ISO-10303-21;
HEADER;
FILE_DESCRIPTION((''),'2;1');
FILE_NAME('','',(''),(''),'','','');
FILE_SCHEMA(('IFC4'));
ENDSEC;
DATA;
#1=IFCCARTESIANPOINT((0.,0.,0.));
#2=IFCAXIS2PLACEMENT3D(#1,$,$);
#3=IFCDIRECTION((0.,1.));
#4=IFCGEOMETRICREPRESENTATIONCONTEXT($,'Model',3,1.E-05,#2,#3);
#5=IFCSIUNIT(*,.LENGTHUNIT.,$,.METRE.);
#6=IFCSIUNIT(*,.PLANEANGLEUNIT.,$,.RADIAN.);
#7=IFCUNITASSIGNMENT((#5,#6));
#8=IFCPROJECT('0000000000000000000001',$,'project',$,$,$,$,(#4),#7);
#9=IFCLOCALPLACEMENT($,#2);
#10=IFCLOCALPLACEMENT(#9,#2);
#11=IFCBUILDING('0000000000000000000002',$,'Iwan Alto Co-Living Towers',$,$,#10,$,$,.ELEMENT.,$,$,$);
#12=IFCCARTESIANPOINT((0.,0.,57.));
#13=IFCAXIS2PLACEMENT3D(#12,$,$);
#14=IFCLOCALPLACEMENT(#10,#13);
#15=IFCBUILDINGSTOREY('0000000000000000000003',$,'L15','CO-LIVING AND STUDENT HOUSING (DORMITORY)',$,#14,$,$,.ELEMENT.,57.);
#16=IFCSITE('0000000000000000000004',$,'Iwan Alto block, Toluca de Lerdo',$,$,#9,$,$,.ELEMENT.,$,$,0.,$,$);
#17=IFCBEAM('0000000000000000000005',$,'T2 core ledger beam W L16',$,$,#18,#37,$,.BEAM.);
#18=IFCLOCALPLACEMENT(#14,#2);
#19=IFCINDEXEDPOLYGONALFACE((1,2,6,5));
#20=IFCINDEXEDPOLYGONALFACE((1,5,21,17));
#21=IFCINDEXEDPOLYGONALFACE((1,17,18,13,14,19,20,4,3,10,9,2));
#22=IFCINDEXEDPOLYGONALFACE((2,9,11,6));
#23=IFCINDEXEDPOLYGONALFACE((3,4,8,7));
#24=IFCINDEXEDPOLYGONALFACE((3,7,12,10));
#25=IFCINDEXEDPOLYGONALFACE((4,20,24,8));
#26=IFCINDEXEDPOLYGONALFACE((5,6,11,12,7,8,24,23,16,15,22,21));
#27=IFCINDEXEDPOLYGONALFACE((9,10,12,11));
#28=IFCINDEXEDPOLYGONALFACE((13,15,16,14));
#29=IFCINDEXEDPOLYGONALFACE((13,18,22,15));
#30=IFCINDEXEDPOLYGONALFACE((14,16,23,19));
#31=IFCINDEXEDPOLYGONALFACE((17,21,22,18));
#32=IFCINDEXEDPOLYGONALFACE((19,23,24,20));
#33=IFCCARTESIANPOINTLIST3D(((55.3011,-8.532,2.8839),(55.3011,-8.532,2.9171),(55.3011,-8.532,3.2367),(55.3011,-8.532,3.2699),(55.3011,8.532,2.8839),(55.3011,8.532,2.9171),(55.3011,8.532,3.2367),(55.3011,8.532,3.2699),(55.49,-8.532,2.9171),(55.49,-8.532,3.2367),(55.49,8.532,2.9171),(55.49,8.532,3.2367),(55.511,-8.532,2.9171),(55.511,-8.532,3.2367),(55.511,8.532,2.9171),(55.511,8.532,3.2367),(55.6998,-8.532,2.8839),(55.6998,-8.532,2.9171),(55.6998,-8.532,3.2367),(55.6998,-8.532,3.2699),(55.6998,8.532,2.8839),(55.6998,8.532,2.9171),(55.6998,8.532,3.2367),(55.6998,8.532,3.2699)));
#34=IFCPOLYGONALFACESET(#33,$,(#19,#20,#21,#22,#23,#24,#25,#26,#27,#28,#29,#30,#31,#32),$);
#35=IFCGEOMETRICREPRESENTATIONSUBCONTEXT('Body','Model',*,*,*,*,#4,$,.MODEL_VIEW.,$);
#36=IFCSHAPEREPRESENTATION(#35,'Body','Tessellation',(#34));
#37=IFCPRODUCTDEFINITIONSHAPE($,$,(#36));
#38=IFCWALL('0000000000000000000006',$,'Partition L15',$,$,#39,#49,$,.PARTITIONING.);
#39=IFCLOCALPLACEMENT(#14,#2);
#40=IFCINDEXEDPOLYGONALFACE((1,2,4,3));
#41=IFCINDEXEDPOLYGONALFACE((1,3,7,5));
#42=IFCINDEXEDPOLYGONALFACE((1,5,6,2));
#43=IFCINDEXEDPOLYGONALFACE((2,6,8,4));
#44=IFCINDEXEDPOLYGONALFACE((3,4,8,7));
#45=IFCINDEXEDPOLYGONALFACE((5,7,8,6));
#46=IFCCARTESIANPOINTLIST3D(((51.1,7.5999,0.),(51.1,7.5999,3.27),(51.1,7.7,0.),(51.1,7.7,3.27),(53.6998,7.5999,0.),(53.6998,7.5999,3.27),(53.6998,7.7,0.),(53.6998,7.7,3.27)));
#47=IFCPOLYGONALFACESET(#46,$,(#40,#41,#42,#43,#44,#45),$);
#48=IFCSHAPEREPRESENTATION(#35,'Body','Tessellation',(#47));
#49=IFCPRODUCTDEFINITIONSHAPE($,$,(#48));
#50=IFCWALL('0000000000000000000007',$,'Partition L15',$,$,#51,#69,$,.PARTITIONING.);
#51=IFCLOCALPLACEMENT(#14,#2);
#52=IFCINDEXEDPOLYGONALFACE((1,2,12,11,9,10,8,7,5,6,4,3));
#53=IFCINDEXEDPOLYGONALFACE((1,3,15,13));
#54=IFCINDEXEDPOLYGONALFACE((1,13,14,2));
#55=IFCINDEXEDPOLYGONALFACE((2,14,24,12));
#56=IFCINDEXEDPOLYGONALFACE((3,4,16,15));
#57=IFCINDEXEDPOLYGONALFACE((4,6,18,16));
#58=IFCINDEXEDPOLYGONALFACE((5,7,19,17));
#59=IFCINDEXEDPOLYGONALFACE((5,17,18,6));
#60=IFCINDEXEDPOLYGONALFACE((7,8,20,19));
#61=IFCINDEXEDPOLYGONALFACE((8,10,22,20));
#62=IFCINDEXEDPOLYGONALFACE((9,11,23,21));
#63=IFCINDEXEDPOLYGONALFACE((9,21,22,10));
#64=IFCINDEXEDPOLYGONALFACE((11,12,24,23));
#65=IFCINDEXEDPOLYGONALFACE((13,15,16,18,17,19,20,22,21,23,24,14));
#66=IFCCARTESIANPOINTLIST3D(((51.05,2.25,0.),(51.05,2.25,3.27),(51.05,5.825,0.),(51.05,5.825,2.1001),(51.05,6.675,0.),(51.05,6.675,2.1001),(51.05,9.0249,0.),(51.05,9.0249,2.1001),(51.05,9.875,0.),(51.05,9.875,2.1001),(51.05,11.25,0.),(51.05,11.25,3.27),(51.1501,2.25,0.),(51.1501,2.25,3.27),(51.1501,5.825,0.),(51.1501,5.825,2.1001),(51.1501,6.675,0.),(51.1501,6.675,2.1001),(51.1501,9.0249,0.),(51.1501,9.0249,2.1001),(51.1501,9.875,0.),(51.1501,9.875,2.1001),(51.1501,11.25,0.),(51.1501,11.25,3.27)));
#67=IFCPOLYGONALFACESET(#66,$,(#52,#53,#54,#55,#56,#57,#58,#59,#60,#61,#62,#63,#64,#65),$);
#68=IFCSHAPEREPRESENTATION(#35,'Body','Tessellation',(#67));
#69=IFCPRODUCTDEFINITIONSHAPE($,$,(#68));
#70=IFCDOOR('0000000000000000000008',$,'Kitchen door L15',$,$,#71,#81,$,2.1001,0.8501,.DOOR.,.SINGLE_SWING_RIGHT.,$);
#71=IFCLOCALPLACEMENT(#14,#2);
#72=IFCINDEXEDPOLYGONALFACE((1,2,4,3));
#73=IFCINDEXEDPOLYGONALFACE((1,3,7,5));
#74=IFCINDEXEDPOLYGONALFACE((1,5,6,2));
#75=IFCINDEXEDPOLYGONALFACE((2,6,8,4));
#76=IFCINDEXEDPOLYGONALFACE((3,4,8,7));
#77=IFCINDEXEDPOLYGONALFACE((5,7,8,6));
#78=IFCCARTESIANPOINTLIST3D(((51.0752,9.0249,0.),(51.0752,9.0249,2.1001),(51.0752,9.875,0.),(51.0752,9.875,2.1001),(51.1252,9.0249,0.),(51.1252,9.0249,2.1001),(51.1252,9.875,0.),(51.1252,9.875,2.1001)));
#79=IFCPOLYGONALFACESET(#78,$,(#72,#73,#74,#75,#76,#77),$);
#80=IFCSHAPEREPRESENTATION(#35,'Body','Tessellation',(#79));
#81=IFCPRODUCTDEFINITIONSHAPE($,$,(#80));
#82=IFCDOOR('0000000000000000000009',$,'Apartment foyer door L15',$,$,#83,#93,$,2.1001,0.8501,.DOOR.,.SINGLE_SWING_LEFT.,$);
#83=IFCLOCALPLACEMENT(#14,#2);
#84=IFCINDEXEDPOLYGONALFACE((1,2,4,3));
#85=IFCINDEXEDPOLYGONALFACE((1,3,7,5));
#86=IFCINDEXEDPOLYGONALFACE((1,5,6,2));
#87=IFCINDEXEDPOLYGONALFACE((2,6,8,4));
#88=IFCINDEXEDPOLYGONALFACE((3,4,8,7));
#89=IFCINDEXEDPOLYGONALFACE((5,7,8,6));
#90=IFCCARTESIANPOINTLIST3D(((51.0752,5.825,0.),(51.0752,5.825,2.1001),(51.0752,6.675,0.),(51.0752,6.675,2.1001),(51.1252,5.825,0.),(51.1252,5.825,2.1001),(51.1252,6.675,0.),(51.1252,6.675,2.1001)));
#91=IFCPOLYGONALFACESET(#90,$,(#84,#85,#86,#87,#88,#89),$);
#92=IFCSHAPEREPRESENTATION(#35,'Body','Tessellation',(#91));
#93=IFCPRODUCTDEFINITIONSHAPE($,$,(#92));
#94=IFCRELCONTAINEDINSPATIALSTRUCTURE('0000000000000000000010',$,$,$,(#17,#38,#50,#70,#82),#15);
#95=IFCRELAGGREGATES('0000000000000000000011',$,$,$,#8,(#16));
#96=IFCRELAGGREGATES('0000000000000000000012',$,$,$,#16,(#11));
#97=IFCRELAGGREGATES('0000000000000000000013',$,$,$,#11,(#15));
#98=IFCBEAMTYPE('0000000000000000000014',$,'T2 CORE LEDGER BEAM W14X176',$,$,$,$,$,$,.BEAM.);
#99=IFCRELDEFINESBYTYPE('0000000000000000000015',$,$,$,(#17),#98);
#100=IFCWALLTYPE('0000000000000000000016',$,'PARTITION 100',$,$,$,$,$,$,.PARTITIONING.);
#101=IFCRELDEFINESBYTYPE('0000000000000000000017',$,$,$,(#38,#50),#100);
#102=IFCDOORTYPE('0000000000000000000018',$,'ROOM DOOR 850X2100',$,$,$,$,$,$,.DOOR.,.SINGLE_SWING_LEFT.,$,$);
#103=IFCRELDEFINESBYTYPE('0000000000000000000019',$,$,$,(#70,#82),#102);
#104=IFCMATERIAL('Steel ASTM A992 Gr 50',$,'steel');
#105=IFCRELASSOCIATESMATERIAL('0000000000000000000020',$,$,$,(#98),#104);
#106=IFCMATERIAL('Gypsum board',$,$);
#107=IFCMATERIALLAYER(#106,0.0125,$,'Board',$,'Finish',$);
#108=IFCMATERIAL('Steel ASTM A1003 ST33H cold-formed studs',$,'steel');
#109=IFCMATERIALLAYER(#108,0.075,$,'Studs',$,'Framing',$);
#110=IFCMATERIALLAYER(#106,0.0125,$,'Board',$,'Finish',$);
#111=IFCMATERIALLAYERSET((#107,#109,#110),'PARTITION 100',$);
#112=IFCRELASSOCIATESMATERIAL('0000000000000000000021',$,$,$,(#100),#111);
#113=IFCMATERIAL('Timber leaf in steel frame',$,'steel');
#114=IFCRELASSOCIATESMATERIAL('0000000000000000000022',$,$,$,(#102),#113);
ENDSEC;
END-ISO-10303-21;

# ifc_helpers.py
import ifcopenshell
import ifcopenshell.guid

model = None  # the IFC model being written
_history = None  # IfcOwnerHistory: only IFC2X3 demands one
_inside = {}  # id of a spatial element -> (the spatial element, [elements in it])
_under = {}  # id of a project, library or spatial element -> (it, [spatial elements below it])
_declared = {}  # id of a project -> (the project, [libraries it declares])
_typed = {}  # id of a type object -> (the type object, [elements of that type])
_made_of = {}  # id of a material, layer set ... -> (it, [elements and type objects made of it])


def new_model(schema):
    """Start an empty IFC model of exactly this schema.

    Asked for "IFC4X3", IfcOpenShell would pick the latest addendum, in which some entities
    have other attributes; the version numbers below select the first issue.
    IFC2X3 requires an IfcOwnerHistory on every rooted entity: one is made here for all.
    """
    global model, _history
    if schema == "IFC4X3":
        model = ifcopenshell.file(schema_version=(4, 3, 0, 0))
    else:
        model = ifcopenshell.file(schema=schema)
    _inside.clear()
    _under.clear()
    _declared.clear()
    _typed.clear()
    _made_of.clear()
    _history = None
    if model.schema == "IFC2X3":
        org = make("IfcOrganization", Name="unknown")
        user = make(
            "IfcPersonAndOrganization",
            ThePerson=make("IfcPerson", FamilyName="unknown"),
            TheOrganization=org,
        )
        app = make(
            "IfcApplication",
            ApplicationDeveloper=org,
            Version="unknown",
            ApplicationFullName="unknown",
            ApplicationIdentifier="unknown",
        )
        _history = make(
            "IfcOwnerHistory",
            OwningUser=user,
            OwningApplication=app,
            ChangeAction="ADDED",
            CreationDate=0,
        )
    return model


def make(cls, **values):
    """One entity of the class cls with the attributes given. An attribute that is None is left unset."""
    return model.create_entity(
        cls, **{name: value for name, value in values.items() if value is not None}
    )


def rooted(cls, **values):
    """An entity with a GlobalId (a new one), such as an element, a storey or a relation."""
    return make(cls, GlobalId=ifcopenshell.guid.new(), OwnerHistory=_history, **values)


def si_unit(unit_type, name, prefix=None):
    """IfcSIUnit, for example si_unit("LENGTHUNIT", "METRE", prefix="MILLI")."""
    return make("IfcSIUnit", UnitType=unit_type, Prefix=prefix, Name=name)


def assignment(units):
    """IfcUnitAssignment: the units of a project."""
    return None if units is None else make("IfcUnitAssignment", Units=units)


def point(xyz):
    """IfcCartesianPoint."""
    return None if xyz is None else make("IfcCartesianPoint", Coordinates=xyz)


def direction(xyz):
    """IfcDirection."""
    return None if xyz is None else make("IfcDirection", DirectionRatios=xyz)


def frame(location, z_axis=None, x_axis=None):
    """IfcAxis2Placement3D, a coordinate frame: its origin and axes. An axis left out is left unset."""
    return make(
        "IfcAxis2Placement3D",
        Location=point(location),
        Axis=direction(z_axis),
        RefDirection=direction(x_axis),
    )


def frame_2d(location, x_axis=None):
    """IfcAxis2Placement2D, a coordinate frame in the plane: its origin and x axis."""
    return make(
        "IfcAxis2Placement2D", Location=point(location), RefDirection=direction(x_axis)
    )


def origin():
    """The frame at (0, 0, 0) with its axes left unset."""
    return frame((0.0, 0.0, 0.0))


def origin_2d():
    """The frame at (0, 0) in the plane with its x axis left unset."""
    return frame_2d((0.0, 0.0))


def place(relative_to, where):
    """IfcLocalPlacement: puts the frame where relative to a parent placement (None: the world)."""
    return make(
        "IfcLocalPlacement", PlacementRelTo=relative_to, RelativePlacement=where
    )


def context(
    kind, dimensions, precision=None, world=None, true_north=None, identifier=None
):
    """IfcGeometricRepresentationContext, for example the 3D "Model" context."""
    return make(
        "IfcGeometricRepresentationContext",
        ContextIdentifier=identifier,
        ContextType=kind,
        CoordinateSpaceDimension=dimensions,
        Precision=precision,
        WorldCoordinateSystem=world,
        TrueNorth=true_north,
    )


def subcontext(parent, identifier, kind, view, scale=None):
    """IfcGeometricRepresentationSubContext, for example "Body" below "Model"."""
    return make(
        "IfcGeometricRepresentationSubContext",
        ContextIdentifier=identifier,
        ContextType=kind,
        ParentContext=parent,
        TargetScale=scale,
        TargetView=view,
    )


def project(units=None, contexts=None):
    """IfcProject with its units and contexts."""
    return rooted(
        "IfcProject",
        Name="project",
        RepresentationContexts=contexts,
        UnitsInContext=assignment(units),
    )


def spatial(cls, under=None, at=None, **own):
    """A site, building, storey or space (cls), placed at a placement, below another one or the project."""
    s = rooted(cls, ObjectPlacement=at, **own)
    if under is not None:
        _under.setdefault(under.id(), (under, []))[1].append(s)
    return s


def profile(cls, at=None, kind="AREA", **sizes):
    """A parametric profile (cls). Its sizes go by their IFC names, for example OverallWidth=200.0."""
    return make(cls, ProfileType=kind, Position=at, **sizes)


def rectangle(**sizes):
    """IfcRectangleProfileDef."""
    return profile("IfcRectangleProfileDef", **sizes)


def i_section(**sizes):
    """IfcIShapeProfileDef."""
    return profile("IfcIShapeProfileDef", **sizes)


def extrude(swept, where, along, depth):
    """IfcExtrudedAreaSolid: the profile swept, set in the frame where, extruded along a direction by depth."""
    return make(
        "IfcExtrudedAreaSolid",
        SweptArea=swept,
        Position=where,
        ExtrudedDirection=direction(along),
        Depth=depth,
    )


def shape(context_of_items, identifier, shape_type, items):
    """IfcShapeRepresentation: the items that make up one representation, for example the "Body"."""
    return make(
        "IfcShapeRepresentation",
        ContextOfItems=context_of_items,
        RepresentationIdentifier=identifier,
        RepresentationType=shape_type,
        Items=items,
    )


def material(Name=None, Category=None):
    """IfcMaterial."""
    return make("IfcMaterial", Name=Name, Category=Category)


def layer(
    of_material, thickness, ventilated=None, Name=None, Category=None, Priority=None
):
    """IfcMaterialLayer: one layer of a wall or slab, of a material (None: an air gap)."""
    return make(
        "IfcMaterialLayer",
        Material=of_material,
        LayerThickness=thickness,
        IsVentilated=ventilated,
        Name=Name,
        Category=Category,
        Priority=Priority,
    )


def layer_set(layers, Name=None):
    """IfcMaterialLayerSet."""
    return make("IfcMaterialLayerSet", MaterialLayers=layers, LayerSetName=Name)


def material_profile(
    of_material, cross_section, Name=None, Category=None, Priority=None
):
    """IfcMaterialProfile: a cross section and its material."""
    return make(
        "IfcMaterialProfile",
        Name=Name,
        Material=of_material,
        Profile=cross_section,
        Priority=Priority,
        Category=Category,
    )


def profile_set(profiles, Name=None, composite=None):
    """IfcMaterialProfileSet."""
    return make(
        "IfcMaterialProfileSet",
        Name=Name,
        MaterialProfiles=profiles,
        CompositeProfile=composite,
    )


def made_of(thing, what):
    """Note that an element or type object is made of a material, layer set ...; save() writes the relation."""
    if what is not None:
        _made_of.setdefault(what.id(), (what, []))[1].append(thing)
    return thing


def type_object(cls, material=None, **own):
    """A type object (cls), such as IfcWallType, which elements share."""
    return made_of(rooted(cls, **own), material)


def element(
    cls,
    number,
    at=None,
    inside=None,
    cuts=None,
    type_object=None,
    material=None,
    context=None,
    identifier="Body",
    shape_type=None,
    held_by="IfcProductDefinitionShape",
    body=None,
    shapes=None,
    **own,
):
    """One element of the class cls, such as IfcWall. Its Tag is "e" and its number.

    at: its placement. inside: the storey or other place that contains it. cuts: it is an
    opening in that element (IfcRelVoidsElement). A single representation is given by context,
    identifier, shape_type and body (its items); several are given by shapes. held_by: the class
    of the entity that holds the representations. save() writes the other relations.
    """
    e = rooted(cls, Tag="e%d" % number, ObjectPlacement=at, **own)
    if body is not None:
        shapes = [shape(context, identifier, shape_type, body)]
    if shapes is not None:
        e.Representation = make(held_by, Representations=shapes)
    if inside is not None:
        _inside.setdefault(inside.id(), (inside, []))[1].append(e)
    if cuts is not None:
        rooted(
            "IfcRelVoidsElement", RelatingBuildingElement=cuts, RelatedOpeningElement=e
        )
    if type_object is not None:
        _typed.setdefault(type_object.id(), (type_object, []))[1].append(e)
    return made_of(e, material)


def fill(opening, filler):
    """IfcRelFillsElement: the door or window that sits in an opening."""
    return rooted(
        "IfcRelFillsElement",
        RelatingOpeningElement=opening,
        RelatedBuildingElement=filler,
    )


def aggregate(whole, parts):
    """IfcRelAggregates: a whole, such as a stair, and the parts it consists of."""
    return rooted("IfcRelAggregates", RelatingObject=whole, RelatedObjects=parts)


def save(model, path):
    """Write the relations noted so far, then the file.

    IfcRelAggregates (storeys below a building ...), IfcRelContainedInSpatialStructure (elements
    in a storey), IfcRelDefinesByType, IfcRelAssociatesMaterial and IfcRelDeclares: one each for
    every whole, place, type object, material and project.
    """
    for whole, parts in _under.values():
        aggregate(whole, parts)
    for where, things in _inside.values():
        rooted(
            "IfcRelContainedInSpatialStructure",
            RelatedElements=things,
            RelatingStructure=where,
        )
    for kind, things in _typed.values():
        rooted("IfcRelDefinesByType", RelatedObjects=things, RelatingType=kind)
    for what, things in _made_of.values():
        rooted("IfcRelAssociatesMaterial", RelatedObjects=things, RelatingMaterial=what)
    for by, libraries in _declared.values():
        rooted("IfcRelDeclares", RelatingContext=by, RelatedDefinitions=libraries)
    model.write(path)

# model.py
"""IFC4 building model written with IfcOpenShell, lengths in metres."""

from ifc_helpers import new_model, si_unit, direction, frame, frame_2d, origin, origin_2d, place, context, subcontext, project, spatial, rectangle, i_section, extrude, material, layer, layer_set, material_profile, profile_set, type_object, element, fill, save


model = new_model("IFC4")

# Units and contexts
model_context = context("Model", 3, precision=1e-05, world=origin(), true_north=direction((0.0, 1.0)))
body_context = subcontext(model_context, "Body", "Model", "MODEL_VIEW")
ifc_project = project(units=[si_unit("LENGTHUNIT", "METRE"), si_unit("PLANEANGLEUNIT", "RADIAN")], contexts=[model_context])

# Site, building, storey
site_placement = place(None, origin())
site = spatial("IfcSite", under=ifc_project, at=site_placement, Name="Iwan Alto block, Toluca de Lerdo", CompositionType="ELEMENT", RefElevation=0.0)
building_placement = place(site_placement, origin())
building = spatial("IfcBuilding", under=site, at=building_placement, Name="Iwan Alto Co-Living Towers", CompositionType="ELEMENT")
storey_placement = place(building_placement, frame((0.0, 0.0, 57.0)))
storey = spatial("IfcBuildingStorey", under=building, at=storey_placement, Name="L15", Description="CO-LIVING AND STUDENT HOUSING (DORMITORY)", CompositionType="ELEMENT", Elevation=57.0)

# Beam
ifc_material_1 = material(Name="Steel ASTM A992 Gr 50", Category="steel")
ifc_material_profile = material_profile(ifc_material_1, i_section(OverallWidth=0.3987, OverallDepth=0.386, WebThickness=0.021, FlangeThickness=0.0332, at=origin_2d()), Name="W14X176")
ifc_profile_set = profile_set([ifc_material_profile], Name="Steel ASTM A992 Gr 50")
beam_type = type_object("IfcBeamType", Name="T2 CORE LEDGER BEAM W14X176", PredefinedType="BEAM", material=ifc_profile_set)
beam_placement = place(storey_placement, frame((55.5005, 8.532, 3.0769), z_axis=(0.0, -1.0, 0.0), x_axis=(1.0, 0.0, 0.0)))
element("IfcBeam", 1, at=beam_placement, inside=storey, type_object=beam_type, Name="T2 core ledger beam W L16", PredefinedType="BEAM", context=body_context, shape_type="SweptSolid", body=[
    extrude(i_section(OverallWidth=0.3987, OverallDepth=0.386, WebThickness=0.021, FlangeThickness=0.0332, at=origin_2d()), origin(), (0.0, 0.0, 1.0), 17.064),
])

# Wall
ifc_material_2 = material(Name="Gypsum board")
ifc_layer_1 = layer(ifc_material_2, 0.0125, Name="Board", Category="Finish")
ifc_material_3 = material(Name="Steel ASTM A1003 ST33H cold-formed studs", Category="steel")
ifc_layer_2 = layer(ifc_material_3, 0.075, Name="Studs", Category="Framing")
ifc_layer_3 = layer(ifc_material_2, 0.0125, Name="Board", Category="Finish")
ifc_layer_set_1 = layer_set([ifc_layer_1, ifc_layer_2, ifc_layer_3], Name="PARTITION 100")
wall_type_1 = type_object("IfcWallType", Name="PARTITION 100", PredefinedType="PARTITIONING", material=ifc_layer_set_1)
wall_1_placement = place(storey_placement, frame((51.1001, 7.6499, 0.0), z_axis=(0.0, 0.0, 1.0), x_axis=(1.0, 0.0, 0.0)))
element("IfcWall", 2, at=wall_1_placement, inside=storey, type_object=wall_type_1, Name="Partition L15", PredefinedType="PARTITIONING", context=body_context, shape_type="SweptSolid", body=[
    extrude(rectangle(XDim=2.5999, YDim=0.1001, at=frame_2d((1.2998, 0.0))), origin(), (0.0, 0.0, 1.0), 3.27),
])

# Wall, openings, doors
wall_2_placement = place(storey_placement, frame((51.1001, 2.25, 0.0), z_axis=(0.0, 0.0, 1.0), x_axis=(0.0, 1.0, 0.0)))
wall_2 = element("IfcWall", 3, at=wall_2_placement, inside=storey, type_object=wall_type_1, Name="Partition L15", PredefinedType="PARTITIONING", context=body_context, shape_type="SweptSolid", body=[
    extrude(rectangle(XDim=9.0, YDim=0.1001, at=frame_2d((4.5, 0.0))), origin(), (0.0, 0.0, 1.0), 3.27),
])
opening_1_placement = place(wall_2_placement, frame((6.7749, 0.0, 0.0)))
opening_1 = element("IfcOpeningElement", 4, at=opening_1_placement, cuts=wall_2, PredefinedType="OPENING", context=body_context, shape_type="SweptSolid", body=[
    extrude(rectangle(XDim=0.8501, YDim=2.1001, at=frame_2d((0.425, 1.05))), frame((0.0, 0.0601, 0.0), z_axis=(0.0, -1.0, 0.0), x_axis=(1.0, 0.0, 0.0)), (0.0, 0.0, 1.0), 0.1201),
])
opening_2_placement = place(wall_2_placement, frame((3.575, 0.0, 0.0)))
opening_2 = element("IfcOpeningElement", 5, at=opening_2_placement, cuts=wall_2, PredefinedType="OPENING", context=body_context, shape_type="SweptSolid", body=[
    extrude(rectangle(XDim=0.8501, YDim=2.1001, at=frame_2d((0.425, 1.05))), frame((0.0, 0.0601, 0.0), z_axis=(0.0, -1.0, 0.0), x_axis=(1.0, 0.0, 0.0)), (0.0, 0.0, 1.0), 0.1201),
])
ifc_material_4 = material(Name="Timber leaf in steel frame", Category="steel")
door_type_1 = type_object("IfcDoorType", Name="ROOM DOOR 850X2100", OperationType="SINGLE_SWING_LEFT", PredefinedType="DOOR", material=ifc_material_4)
door_1_placement = place(opening_1_placement, origin())
door_1 = element("IfcDoor", 6, at=door_1_placement, inside=storey, type_object=door_type_1, Name="Kitchen door L15", OperationType="SINGLE_SWING_RIGHT", OverallHeight=2.1001, OverallWidth=0.8501, PredefinedType="DOOR", context=body_context, shape_type="SweptSolid", body=[
    extrude(rectangle(XDim=0.8501, YDim=2.1001, at=frame_2d((0.425, 1.05))), frame((0.0, 0.0249, 0.0), z_axis=(0.0, -1.0, 0.0), x_axis=(1.0, 0.0, 0.0)), (0.0, 0.0, 1.0), 0.05),
])
fill(opening_1, door_1)
door_2_placement = place(opening_2_placement, origin())
door_2 = element("IfcDoor", 7, at=door_2_placement, inside=storey, type_object=door_type_1, Name="Apartment foyer door L15", OperationType="SINGLE_SWING_LEFT", OverallHeight=2.1001, OverallWidth=0.8501, PredefinedType="DOOR", context=body_context, shape_type="SweptSolid", body=[
    extrude(rectangle(XDim=0.8501, YDim=2.1001, at=frame_2d((0.425, 1.05))), frame((0.0, 0.0249, 0.0), z_axis=(0.0, -1.0, 0.0), x_axis=(1.0, 0.0, 0.0)), (0.0, 0.0, 1.0), 0.05),
])
fill(opening_2, door_2)

save(model, "model.ifc")
